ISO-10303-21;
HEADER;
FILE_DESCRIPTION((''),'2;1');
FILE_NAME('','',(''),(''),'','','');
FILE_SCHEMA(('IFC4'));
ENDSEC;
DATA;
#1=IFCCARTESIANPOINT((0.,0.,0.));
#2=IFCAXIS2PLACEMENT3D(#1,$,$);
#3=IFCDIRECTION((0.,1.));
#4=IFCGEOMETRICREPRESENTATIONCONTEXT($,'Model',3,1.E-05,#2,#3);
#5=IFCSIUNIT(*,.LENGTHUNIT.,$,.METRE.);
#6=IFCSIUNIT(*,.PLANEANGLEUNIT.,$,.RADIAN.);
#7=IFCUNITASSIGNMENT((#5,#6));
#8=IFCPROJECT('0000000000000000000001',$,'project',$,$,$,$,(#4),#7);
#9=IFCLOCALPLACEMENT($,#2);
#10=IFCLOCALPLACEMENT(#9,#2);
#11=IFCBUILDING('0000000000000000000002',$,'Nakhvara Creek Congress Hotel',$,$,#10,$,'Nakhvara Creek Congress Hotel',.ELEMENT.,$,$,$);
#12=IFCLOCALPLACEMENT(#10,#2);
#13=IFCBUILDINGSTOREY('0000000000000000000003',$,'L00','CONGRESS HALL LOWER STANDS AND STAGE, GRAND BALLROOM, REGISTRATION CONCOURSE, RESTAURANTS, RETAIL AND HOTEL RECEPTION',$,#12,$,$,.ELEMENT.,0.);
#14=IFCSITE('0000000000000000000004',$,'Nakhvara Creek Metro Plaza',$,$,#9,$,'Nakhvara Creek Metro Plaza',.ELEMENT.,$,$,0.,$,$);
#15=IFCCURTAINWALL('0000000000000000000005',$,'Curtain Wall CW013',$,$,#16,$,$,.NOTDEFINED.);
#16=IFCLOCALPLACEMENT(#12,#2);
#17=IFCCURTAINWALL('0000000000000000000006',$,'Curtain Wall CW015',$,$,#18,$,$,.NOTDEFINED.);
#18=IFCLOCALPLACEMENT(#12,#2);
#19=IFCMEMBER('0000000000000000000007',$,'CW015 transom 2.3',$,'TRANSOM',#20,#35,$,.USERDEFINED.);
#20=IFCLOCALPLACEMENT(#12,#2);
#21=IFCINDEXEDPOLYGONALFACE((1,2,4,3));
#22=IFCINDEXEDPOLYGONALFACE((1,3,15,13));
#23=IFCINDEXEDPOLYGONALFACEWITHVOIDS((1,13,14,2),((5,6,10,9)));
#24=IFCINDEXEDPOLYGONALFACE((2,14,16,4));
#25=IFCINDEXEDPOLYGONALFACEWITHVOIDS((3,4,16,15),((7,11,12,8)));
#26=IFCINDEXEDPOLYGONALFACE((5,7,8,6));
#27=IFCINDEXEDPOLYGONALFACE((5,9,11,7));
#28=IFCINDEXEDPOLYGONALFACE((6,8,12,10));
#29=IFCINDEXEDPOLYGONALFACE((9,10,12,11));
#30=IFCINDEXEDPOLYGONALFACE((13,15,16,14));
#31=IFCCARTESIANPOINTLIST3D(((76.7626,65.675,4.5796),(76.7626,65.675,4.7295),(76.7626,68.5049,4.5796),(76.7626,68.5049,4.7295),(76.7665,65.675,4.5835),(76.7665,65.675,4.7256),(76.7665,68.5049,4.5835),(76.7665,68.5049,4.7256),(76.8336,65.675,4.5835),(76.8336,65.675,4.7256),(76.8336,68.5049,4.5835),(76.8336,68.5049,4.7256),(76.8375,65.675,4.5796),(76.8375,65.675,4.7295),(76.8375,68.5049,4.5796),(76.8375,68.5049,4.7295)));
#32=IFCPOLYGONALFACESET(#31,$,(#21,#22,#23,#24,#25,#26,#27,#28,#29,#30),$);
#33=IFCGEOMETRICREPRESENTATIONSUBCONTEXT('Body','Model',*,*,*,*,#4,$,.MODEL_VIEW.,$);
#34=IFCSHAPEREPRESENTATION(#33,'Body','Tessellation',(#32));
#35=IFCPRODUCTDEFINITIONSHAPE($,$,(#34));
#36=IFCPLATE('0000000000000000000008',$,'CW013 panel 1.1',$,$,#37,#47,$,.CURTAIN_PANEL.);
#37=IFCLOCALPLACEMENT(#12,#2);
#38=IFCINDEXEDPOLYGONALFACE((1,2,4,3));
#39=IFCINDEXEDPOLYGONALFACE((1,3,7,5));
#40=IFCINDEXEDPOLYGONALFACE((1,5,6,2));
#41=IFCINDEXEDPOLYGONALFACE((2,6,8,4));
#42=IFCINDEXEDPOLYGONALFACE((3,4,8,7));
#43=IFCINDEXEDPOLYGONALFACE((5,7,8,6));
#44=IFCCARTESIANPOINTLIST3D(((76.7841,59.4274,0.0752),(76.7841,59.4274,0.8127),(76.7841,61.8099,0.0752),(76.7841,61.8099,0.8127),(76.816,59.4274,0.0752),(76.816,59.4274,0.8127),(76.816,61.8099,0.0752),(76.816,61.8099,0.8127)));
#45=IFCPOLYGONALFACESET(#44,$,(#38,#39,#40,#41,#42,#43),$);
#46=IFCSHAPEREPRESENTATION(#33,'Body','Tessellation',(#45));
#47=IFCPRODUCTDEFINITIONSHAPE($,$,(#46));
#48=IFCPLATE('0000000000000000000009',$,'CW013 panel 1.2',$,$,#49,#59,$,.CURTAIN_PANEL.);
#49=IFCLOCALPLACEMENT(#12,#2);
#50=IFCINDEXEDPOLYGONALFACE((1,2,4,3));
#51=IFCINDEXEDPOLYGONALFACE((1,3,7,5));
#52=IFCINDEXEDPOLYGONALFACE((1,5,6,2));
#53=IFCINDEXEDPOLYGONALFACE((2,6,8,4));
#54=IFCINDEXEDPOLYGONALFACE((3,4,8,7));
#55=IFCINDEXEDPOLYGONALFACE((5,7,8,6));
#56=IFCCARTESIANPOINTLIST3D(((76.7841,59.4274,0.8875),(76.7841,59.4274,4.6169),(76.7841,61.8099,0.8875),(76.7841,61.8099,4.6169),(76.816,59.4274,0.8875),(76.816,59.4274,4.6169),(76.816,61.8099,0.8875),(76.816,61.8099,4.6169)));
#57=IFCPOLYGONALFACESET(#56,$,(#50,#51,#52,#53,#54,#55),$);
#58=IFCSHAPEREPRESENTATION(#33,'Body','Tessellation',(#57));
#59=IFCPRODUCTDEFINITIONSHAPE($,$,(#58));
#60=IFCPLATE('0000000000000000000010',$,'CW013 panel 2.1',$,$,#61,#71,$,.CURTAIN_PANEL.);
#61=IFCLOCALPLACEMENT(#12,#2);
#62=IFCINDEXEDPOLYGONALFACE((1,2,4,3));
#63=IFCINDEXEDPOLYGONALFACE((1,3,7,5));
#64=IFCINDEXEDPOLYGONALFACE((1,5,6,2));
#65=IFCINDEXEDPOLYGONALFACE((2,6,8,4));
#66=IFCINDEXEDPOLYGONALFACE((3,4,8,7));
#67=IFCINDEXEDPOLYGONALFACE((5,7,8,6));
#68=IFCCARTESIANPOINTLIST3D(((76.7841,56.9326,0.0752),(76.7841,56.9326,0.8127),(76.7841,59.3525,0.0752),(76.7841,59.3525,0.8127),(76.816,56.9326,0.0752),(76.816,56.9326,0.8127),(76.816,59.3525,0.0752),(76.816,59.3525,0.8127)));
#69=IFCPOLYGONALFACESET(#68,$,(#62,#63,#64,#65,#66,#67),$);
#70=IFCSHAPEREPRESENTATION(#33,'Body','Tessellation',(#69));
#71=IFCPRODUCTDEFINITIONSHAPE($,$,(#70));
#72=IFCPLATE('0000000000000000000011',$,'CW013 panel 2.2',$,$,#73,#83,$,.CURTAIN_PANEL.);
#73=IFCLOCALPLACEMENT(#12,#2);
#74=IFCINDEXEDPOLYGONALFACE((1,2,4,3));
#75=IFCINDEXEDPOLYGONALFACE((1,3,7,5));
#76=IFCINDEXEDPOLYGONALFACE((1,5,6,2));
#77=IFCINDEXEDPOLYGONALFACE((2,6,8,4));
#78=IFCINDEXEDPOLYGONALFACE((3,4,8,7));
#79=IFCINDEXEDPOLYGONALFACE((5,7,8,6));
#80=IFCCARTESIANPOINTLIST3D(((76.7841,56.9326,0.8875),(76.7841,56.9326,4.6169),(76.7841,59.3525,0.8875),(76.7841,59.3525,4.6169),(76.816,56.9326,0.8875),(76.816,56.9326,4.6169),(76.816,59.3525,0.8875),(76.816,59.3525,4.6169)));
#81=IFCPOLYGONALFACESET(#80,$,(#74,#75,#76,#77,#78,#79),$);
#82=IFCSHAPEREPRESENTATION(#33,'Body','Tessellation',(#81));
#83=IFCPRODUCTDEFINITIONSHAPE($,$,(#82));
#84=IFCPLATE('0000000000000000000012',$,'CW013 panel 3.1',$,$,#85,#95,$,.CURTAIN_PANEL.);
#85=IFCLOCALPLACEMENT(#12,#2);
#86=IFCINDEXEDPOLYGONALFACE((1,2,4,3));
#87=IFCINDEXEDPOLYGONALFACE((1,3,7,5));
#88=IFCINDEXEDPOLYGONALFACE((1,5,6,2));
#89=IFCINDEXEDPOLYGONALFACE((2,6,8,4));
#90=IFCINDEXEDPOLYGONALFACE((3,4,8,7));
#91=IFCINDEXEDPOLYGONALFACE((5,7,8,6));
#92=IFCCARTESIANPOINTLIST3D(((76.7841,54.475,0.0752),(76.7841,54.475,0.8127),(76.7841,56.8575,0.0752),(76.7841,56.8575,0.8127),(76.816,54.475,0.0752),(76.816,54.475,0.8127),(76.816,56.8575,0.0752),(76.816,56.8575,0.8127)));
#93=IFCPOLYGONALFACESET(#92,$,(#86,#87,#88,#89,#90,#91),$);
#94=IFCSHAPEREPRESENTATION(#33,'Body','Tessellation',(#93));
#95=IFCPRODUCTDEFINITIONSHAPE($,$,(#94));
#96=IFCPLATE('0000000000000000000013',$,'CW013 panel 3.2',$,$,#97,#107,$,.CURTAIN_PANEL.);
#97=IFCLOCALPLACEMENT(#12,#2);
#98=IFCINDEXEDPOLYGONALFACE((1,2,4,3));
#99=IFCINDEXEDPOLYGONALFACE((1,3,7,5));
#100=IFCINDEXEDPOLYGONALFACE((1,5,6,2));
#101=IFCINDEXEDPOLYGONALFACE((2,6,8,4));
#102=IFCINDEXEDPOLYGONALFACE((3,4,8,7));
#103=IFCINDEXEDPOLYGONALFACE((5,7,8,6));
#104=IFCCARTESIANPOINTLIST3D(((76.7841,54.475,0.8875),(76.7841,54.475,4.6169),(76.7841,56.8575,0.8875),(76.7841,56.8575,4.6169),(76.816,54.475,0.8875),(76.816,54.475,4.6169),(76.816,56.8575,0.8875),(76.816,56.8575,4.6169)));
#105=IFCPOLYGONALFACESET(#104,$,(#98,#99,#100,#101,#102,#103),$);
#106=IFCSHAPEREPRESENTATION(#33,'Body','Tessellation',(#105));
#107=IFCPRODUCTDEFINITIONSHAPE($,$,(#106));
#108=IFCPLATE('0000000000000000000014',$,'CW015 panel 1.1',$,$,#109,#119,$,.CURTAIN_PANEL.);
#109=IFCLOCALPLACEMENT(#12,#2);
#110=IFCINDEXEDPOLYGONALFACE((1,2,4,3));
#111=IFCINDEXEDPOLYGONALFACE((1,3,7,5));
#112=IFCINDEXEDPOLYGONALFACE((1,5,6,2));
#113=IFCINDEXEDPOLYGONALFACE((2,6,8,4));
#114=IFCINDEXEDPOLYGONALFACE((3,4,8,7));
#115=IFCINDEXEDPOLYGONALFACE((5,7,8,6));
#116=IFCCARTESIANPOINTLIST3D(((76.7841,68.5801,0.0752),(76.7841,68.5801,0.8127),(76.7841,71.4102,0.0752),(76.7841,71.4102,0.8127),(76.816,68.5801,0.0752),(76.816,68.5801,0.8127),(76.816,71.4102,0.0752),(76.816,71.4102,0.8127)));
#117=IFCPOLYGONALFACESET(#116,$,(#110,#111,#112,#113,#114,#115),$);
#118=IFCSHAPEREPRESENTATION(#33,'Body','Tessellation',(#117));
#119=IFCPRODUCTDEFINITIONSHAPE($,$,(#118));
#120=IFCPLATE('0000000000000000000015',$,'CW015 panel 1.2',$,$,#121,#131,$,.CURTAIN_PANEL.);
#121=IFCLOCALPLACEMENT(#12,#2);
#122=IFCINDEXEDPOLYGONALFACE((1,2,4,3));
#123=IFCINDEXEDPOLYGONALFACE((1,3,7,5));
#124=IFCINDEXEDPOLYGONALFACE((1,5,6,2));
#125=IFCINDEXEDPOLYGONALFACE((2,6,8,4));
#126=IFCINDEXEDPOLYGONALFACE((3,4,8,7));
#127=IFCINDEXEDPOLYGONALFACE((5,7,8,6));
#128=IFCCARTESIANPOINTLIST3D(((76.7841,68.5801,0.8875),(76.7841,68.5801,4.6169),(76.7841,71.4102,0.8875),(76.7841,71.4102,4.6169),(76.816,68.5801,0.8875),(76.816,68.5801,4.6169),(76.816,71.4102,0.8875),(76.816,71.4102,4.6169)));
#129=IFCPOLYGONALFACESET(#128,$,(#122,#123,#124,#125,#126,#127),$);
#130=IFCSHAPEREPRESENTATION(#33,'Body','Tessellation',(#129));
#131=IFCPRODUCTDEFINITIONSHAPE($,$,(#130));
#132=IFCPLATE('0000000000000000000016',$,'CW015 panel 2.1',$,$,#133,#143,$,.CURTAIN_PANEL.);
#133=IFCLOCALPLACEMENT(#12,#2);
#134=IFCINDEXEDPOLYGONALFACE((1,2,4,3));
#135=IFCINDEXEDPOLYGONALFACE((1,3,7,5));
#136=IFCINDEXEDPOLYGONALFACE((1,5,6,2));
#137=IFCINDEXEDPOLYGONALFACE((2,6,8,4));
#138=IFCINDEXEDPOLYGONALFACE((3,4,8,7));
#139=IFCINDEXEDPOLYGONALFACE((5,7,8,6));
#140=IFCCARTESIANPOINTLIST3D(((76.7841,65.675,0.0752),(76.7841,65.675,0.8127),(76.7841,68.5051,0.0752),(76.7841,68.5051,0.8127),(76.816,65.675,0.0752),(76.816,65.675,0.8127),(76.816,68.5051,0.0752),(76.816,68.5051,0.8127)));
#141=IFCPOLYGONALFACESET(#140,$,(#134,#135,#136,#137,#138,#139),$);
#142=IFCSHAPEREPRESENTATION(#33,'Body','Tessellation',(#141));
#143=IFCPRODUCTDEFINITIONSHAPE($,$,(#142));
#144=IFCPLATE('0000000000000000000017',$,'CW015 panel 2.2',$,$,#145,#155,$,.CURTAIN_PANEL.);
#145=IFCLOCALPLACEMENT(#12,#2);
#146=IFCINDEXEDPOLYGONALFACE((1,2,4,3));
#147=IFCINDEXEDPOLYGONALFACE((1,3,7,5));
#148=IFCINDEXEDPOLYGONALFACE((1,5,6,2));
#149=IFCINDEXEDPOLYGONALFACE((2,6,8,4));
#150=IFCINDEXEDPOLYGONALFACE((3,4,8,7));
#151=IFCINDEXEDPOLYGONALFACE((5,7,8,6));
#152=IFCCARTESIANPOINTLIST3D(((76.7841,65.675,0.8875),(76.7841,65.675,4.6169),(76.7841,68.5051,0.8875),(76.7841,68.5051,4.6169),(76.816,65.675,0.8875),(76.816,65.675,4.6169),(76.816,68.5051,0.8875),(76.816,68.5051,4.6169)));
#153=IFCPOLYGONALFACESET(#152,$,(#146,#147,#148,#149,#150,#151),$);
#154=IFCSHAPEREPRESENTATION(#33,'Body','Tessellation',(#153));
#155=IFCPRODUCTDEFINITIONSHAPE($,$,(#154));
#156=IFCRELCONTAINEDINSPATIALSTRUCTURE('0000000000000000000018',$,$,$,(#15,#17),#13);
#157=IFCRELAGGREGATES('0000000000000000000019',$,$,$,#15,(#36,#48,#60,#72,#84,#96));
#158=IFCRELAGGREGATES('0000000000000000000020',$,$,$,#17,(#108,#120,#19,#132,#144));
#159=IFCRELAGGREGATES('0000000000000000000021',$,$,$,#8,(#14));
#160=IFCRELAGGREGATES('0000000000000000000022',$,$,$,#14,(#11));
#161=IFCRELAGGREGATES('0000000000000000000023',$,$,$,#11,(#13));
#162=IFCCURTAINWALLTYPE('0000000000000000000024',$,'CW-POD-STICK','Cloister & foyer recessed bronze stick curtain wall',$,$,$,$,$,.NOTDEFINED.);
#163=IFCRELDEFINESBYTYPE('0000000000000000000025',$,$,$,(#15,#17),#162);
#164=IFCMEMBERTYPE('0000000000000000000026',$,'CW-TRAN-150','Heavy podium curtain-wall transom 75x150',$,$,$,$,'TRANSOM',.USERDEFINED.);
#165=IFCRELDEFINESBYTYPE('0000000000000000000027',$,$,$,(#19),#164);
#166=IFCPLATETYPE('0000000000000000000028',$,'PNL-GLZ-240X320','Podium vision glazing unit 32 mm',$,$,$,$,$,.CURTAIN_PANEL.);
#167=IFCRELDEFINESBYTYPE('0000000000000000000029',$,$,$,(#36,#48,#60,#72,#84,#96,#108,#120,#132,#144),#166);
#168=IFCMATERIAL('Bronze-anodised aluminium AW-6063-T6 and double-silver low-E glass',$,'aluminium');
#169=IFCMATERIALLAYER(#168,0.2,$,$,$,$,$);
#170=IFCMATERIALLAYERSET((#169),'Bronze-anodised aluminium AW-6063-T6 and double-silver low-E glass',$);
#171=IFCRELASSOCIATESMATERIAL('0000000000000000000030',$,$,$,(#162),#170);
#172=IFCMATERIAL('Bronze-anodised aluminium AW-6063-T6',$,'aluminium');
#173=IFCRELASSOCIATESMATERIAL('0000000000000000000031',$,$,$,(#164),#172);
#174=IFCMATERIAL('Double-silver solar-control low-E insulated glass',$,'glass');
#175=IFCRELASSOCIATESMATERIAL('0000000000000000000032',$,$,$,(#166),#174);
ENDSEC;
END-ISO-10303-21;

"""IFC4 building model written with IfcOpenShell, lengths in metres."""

from ifc_helpers import new_model, si_unit, direction, frame, origin, origin_2d, place, context, subcontext, project, spatial, rectangle, hollow_rectangle, extrude, material, layer, layer_set, material_profile, profile_set, type_object, element, aggregate, save


model = new_model("IFC4")

# Units and contexts
model_context = context("Model", 3, precision=1e-05, world=origin(), true_north=direction((0.0, 1.0)))
body_context = subcontext(model_context, "Body", "Model", "MODEL_VIEW")
ifc_project = project(units=[si_unit("LENGTHUNIT", "METRE"), si_unit("PLANEANGLEUNIT", "RADIAN")], contexts=[model_context])

# Site, building, storey
site_placement = place(None, origin())
site = spatial("IfcSite", under=ifc_project, at=site_placement, Name="Nakhvara Creek Metro Plaza", LongName="Nakhvara Creek Metro Plaza", CompositionType="ELEMENT", RefElevation=0.0)
building_placement = place(site_placement, origin())
building = spatial("IfcBuilding", under=site, at=building_placement, Name="Nakhvara Creek Congress Hotel", LongName="Nakhvara Creek Congress Hotel", CompositionType="ELEMENT")
storey_placement = place(building_placement, origin())
storey = spatial("IfcBuildingStorey", under=building, at=storey_placement, Name="L00", Description="CONGRESS HALL LOWER STANDS AND STAGE, GRAND BALLROOM, REGISTRATION CONCOURSE, RESTAURANTS, RETAIL AND HOTEL RECEPTION", CompositionType="ELEMENT", Elevation=0.0)

# Curtain walls
ifc_material_1 = material(Name="Bronze-anodised aluminium AW-6063-T6 and double-silver low-E glass", Category="aluminium")
ifc_layer = layer(ifc_material_1, 0.2)
ifc_layer_set = layer_set([ifc_layer], Name="Bronze-anodised aluminium AW-6063-T6 and double-silver low-E glass")
curtain_wall_type = type_object("IfcCurtainWallType", Name="CW-POD-STICK", Description="Cloister & foyer recessed bronze stick curtain wall", PredefinedType="NOTDEFINED", material=ifc_layer_set)
curtain_wall_1_placement = place(storey_placement, origin())
curtain_wall_1 = element("IfcCurtainWall", 1, at=curtain_wall_1_placement, inside=storey, type_object=curtain_wall_type, Name="Curtain Wall CW013", PredefinedType="NOTDEFINED")
ifc_material_2 = material(Name="Bronze-anodised aluminium AW-6063-T6", Category="aluminium")
curtain_wall_2_placement = place(storey_placement, origin())
curtain_wall_2 = element("IfcCurtainWall", 2, at=curtain_wall_2_placement, inside=storey, type_object=curtain_wall_type, Name="Curtain Wall CW015", PredefinedType="NOTDEFINED")

# Member
ifc_material_profile_1 = material_profile(ifc_material_2, hollow_rectangle(XDim=0.075, YDim=0.1499, WallThickness=0.0039, at=origin_2d()), Name="ALU-TRAN 75x150x4", Category="LoadBearing")
ifc_profile_set_1 = profile_set([ifc_material_profile_1], Name="Bronze-anodised aluminium AW-6063-T6")
member_type_1 = type_object("IfcMemberType", Name="CW-TRAN-150", Description="Heavy podium curtain-wall transom 75x150", ElementType="TRANSOM", PredefinedType="USERDEFINED", material=ifc_profile_set_1)
member_1_placement = place(storey_placement, frame((76.8, 68.5049, 4.6545), z_axis=(0.0, -1.0, 0.0), x_axis=(1.0, 0.0, 0.0)))
member_1 = element("IfcMember", 3, at=member_1_placement, type_object=member_type_1, Name="CW015 transom 2.3", ObjectType="TRANSOM", PredefinedType="USERDEFINED", context=body_context, shape_type="SweptSolid", body=[
    extrude(hollow_rectangle(XDim=0.075, YDim=0.1499, WallThickness=0.0039, at=origin_2d()), origin(), (0.0, 0.0, 1.0), 2.8298),
])

# Plates
ifc_material_3 = material(Name="Double-silver solar-control low-E insulated glass", Category="glass")
plate_type = type_object("IfcPlateType", Name="PNL-GLZ-240X320", Description="Podium vision glazing unit 32 mm", PredefinedType="CURTAIN_PANEL", material=ifc_material_3)
plate_1_placement = place(storey_placement, frame((76.8, 60.6187, 0.0752), z_axis=(0.0, 0.0, 1.0), x_axis=(0.0, -1.0, 0.0)))
plate_1 = element("IfcPlate", 4, at=plate_1_placement, type_object=plate_type, Name="CW013 panel 1.1", PredefinedType="CURTAIN_PANEL", context=body_context, shape_type="SweptSolid", body=[
    extrude(rectangle(XDim=2.3826, YDim=0.032, at=origin_2d()), origin(), (0.0, 0.0, 1.0), 0.7375),
])
plate_2_placement = place(storey_placement, frame((76.8, 60.6187, 0.8875), z_axis=(0.0, 0.0, 1.0), x_axis=(0.0, -1.0, 0.0)))
plate_2 = element("IfcPlate", 5, at=plate_2_placement, type_object=plate_type, Name="CW013 panel 1.2", PredefinedType="CURTAIN_PANEL", context=body_context, shape_type="SweptSolid", body=[
    extrude(rectangle(XDim=2.3826, YDim=0.032, at=origin_2d()), origin(), (0.0, 0.0, 1.0), 3.7295),
])
plate_3_placement = place(storey_placement, frame((76.8, 58.1426, 0.0752), z_axis=(0.0, 0.0, 1.0), x_axis=(0.0, -1.0, 0.0)))
plate_3 = element("IfcPlate", 6, at=plate_3_placement, type_object=plate_type, Name="CW013 panel 2.1", PredefinedType="CURTAIN_PANEL", context=body_context, shape_type="SweptSolid", body=[
    extrude(rectangle(XDim=2.4199, YDim=0.032, at=origin_2d()), origin(), (0.0, 0.0, 1.0), 0.7375),
])
plate_4_placement = place(storey_placement, frame((76.8, 58.1426, 0.8875), z_axis=(0.0, 0.0, 1.0), x_axis=(0.0, -1.0, 0.0)))
plate_4 = element("IfcPlate", 7, at=plate_4_placement, type_object=plate_type, Name="CW013 panel 2.2", PredefinedType="CURTAIN_PANEL", context=body_context, shape_type="SweptSolid", body=[
    extrude(rectangle(XDim=2.4199, YDim=0.032, at=origin_2d()), origin(), (0.0, 0.0, 1.0), 3.7295),
])
plate_5_placement = place(storey_placement, frame((76.8, 55.6663, 0.0752), z_axis=(0.0, 0.0, 1.0), x_axis=(0.0, -1.0, 0.0)))
plate_5 = element("IfcPlate", 8, at=plate_5_placement, type_object=plate_type, Name="CW013 panel 3.1", PredefinedType="CURTAIN_PANEL", context=body_context, shape_type="SweptSolid", body=[
    extrude(rectangle(XDim=2.3826, YDim=0.032, at=origin_2d()), origin(), (0.0, 0.0, 1.0), 0.7375),
])
plate_6_placement = place(storey_placement, frame((76.8, 55.6663, 0.8875), z_axis=(0.0, 0.0, 1.0), x_axis=(0.0, -1.0, 0.0)))
plate_6 = element("IfcPlate", 9, at=plate_6_placement, type_object=plate_type, Name="CW013 panel 3.2", PredefinedType="CURTAIN_PANEL", context=body_context, shape_type="SweptSolid", body=[
    extrude(rectangle(XDim=2.3826, YDim=0.032, at=origin_2d()), origin(), (0.0, 0.0, 1.0), 3.7295),
])
aggregate(curtain_wall_1, [plate_1, plate_2, plate_3, plate_4, plate_5, plate_6])
plate_7_placement = place(storey_placement, frame((76.8, 69.9951, 0.0752), z_axis=(0.0, 0.0, 1.0), x_axis=(0.0, -1.0, 0.0)))
plate_7 = element("IfcPlate", 10, at=plate_7_placement, type_object=plate_type, Name="CW015 panel 1.1", PredefinedType="CURTAIN_PANEL", context=body_context, shape_type="SweptSolid", body=[
    extrude(rectangle(XDim=2.8301, YDim=0.032, at=origin_2d()), origin(), (0.0, 0.0, 1.0), 0.7375),
])
plate_8_placement = place(storey_placement, frame((76.8, 69.9951, 0.8875), z_axis=(0.0, 0.0, 1.0), x_axis=(0.0, -1.0, 0.0)))
plate_8 = element("IfcPlate", 11, at=plate_8_placement, type_object=plate_type, Name="CW015 panel 1.2", PredefinedType="CURTAIN_PANEL", context=body_context, shape_type="SweptSolid", body=[
    extrude(rectangle(XDim=2.8301, YDim=0.032, at=origin_2d()), origin(), (0.0, 0.0, 1.0), 3.7295),
])
plate_9_placement = place(storey_placement, frame((76.8, 67.0901, 0.0752), z_axis=(0.0, 0.0, 1.0), x_axis=(0.0, -1.0, 0.0)))
plate_9 = element("IfcPlate", 12, at=plate_9_placement, type_object=plate_type, Name="CW015 panel 2.1", PredefinedType="CURTAIN_PANEL", context=body_context, shape_type="SweptSolid", body=[
    extrude(rectangle(XDim=2.8301, YDim=0.032, at=origin_2d()), origin(), (0.0, 0.0, 1.0), 0.7375),
])
plate_10_placement = place(storey_placement, frame((76.8, 67.0901, 0.8875), z_axis=(0.0, 0.0, 1.0), x_axis=(0.0, -1.0, 0.0)))
plate_10 = element("IfcPlate", 13, at=plate_10_placement, type_object=plate_type, Name="CW015 panel 2.2", PredefinedType="CURTAIN_PANEL", context=body_context, shape_type="SweptSolid", body=[
    extrude(rectangle(XDim=2.8301, YDim=0.032, at=origin_2d()), origin(), (0.0, 0.0, 1.0), 3.7295),
])
aggregate(curtain_wall_2, [plate_7, plate_8, member_1, plate_9, plate_10])

save(model, "model.ifc")
